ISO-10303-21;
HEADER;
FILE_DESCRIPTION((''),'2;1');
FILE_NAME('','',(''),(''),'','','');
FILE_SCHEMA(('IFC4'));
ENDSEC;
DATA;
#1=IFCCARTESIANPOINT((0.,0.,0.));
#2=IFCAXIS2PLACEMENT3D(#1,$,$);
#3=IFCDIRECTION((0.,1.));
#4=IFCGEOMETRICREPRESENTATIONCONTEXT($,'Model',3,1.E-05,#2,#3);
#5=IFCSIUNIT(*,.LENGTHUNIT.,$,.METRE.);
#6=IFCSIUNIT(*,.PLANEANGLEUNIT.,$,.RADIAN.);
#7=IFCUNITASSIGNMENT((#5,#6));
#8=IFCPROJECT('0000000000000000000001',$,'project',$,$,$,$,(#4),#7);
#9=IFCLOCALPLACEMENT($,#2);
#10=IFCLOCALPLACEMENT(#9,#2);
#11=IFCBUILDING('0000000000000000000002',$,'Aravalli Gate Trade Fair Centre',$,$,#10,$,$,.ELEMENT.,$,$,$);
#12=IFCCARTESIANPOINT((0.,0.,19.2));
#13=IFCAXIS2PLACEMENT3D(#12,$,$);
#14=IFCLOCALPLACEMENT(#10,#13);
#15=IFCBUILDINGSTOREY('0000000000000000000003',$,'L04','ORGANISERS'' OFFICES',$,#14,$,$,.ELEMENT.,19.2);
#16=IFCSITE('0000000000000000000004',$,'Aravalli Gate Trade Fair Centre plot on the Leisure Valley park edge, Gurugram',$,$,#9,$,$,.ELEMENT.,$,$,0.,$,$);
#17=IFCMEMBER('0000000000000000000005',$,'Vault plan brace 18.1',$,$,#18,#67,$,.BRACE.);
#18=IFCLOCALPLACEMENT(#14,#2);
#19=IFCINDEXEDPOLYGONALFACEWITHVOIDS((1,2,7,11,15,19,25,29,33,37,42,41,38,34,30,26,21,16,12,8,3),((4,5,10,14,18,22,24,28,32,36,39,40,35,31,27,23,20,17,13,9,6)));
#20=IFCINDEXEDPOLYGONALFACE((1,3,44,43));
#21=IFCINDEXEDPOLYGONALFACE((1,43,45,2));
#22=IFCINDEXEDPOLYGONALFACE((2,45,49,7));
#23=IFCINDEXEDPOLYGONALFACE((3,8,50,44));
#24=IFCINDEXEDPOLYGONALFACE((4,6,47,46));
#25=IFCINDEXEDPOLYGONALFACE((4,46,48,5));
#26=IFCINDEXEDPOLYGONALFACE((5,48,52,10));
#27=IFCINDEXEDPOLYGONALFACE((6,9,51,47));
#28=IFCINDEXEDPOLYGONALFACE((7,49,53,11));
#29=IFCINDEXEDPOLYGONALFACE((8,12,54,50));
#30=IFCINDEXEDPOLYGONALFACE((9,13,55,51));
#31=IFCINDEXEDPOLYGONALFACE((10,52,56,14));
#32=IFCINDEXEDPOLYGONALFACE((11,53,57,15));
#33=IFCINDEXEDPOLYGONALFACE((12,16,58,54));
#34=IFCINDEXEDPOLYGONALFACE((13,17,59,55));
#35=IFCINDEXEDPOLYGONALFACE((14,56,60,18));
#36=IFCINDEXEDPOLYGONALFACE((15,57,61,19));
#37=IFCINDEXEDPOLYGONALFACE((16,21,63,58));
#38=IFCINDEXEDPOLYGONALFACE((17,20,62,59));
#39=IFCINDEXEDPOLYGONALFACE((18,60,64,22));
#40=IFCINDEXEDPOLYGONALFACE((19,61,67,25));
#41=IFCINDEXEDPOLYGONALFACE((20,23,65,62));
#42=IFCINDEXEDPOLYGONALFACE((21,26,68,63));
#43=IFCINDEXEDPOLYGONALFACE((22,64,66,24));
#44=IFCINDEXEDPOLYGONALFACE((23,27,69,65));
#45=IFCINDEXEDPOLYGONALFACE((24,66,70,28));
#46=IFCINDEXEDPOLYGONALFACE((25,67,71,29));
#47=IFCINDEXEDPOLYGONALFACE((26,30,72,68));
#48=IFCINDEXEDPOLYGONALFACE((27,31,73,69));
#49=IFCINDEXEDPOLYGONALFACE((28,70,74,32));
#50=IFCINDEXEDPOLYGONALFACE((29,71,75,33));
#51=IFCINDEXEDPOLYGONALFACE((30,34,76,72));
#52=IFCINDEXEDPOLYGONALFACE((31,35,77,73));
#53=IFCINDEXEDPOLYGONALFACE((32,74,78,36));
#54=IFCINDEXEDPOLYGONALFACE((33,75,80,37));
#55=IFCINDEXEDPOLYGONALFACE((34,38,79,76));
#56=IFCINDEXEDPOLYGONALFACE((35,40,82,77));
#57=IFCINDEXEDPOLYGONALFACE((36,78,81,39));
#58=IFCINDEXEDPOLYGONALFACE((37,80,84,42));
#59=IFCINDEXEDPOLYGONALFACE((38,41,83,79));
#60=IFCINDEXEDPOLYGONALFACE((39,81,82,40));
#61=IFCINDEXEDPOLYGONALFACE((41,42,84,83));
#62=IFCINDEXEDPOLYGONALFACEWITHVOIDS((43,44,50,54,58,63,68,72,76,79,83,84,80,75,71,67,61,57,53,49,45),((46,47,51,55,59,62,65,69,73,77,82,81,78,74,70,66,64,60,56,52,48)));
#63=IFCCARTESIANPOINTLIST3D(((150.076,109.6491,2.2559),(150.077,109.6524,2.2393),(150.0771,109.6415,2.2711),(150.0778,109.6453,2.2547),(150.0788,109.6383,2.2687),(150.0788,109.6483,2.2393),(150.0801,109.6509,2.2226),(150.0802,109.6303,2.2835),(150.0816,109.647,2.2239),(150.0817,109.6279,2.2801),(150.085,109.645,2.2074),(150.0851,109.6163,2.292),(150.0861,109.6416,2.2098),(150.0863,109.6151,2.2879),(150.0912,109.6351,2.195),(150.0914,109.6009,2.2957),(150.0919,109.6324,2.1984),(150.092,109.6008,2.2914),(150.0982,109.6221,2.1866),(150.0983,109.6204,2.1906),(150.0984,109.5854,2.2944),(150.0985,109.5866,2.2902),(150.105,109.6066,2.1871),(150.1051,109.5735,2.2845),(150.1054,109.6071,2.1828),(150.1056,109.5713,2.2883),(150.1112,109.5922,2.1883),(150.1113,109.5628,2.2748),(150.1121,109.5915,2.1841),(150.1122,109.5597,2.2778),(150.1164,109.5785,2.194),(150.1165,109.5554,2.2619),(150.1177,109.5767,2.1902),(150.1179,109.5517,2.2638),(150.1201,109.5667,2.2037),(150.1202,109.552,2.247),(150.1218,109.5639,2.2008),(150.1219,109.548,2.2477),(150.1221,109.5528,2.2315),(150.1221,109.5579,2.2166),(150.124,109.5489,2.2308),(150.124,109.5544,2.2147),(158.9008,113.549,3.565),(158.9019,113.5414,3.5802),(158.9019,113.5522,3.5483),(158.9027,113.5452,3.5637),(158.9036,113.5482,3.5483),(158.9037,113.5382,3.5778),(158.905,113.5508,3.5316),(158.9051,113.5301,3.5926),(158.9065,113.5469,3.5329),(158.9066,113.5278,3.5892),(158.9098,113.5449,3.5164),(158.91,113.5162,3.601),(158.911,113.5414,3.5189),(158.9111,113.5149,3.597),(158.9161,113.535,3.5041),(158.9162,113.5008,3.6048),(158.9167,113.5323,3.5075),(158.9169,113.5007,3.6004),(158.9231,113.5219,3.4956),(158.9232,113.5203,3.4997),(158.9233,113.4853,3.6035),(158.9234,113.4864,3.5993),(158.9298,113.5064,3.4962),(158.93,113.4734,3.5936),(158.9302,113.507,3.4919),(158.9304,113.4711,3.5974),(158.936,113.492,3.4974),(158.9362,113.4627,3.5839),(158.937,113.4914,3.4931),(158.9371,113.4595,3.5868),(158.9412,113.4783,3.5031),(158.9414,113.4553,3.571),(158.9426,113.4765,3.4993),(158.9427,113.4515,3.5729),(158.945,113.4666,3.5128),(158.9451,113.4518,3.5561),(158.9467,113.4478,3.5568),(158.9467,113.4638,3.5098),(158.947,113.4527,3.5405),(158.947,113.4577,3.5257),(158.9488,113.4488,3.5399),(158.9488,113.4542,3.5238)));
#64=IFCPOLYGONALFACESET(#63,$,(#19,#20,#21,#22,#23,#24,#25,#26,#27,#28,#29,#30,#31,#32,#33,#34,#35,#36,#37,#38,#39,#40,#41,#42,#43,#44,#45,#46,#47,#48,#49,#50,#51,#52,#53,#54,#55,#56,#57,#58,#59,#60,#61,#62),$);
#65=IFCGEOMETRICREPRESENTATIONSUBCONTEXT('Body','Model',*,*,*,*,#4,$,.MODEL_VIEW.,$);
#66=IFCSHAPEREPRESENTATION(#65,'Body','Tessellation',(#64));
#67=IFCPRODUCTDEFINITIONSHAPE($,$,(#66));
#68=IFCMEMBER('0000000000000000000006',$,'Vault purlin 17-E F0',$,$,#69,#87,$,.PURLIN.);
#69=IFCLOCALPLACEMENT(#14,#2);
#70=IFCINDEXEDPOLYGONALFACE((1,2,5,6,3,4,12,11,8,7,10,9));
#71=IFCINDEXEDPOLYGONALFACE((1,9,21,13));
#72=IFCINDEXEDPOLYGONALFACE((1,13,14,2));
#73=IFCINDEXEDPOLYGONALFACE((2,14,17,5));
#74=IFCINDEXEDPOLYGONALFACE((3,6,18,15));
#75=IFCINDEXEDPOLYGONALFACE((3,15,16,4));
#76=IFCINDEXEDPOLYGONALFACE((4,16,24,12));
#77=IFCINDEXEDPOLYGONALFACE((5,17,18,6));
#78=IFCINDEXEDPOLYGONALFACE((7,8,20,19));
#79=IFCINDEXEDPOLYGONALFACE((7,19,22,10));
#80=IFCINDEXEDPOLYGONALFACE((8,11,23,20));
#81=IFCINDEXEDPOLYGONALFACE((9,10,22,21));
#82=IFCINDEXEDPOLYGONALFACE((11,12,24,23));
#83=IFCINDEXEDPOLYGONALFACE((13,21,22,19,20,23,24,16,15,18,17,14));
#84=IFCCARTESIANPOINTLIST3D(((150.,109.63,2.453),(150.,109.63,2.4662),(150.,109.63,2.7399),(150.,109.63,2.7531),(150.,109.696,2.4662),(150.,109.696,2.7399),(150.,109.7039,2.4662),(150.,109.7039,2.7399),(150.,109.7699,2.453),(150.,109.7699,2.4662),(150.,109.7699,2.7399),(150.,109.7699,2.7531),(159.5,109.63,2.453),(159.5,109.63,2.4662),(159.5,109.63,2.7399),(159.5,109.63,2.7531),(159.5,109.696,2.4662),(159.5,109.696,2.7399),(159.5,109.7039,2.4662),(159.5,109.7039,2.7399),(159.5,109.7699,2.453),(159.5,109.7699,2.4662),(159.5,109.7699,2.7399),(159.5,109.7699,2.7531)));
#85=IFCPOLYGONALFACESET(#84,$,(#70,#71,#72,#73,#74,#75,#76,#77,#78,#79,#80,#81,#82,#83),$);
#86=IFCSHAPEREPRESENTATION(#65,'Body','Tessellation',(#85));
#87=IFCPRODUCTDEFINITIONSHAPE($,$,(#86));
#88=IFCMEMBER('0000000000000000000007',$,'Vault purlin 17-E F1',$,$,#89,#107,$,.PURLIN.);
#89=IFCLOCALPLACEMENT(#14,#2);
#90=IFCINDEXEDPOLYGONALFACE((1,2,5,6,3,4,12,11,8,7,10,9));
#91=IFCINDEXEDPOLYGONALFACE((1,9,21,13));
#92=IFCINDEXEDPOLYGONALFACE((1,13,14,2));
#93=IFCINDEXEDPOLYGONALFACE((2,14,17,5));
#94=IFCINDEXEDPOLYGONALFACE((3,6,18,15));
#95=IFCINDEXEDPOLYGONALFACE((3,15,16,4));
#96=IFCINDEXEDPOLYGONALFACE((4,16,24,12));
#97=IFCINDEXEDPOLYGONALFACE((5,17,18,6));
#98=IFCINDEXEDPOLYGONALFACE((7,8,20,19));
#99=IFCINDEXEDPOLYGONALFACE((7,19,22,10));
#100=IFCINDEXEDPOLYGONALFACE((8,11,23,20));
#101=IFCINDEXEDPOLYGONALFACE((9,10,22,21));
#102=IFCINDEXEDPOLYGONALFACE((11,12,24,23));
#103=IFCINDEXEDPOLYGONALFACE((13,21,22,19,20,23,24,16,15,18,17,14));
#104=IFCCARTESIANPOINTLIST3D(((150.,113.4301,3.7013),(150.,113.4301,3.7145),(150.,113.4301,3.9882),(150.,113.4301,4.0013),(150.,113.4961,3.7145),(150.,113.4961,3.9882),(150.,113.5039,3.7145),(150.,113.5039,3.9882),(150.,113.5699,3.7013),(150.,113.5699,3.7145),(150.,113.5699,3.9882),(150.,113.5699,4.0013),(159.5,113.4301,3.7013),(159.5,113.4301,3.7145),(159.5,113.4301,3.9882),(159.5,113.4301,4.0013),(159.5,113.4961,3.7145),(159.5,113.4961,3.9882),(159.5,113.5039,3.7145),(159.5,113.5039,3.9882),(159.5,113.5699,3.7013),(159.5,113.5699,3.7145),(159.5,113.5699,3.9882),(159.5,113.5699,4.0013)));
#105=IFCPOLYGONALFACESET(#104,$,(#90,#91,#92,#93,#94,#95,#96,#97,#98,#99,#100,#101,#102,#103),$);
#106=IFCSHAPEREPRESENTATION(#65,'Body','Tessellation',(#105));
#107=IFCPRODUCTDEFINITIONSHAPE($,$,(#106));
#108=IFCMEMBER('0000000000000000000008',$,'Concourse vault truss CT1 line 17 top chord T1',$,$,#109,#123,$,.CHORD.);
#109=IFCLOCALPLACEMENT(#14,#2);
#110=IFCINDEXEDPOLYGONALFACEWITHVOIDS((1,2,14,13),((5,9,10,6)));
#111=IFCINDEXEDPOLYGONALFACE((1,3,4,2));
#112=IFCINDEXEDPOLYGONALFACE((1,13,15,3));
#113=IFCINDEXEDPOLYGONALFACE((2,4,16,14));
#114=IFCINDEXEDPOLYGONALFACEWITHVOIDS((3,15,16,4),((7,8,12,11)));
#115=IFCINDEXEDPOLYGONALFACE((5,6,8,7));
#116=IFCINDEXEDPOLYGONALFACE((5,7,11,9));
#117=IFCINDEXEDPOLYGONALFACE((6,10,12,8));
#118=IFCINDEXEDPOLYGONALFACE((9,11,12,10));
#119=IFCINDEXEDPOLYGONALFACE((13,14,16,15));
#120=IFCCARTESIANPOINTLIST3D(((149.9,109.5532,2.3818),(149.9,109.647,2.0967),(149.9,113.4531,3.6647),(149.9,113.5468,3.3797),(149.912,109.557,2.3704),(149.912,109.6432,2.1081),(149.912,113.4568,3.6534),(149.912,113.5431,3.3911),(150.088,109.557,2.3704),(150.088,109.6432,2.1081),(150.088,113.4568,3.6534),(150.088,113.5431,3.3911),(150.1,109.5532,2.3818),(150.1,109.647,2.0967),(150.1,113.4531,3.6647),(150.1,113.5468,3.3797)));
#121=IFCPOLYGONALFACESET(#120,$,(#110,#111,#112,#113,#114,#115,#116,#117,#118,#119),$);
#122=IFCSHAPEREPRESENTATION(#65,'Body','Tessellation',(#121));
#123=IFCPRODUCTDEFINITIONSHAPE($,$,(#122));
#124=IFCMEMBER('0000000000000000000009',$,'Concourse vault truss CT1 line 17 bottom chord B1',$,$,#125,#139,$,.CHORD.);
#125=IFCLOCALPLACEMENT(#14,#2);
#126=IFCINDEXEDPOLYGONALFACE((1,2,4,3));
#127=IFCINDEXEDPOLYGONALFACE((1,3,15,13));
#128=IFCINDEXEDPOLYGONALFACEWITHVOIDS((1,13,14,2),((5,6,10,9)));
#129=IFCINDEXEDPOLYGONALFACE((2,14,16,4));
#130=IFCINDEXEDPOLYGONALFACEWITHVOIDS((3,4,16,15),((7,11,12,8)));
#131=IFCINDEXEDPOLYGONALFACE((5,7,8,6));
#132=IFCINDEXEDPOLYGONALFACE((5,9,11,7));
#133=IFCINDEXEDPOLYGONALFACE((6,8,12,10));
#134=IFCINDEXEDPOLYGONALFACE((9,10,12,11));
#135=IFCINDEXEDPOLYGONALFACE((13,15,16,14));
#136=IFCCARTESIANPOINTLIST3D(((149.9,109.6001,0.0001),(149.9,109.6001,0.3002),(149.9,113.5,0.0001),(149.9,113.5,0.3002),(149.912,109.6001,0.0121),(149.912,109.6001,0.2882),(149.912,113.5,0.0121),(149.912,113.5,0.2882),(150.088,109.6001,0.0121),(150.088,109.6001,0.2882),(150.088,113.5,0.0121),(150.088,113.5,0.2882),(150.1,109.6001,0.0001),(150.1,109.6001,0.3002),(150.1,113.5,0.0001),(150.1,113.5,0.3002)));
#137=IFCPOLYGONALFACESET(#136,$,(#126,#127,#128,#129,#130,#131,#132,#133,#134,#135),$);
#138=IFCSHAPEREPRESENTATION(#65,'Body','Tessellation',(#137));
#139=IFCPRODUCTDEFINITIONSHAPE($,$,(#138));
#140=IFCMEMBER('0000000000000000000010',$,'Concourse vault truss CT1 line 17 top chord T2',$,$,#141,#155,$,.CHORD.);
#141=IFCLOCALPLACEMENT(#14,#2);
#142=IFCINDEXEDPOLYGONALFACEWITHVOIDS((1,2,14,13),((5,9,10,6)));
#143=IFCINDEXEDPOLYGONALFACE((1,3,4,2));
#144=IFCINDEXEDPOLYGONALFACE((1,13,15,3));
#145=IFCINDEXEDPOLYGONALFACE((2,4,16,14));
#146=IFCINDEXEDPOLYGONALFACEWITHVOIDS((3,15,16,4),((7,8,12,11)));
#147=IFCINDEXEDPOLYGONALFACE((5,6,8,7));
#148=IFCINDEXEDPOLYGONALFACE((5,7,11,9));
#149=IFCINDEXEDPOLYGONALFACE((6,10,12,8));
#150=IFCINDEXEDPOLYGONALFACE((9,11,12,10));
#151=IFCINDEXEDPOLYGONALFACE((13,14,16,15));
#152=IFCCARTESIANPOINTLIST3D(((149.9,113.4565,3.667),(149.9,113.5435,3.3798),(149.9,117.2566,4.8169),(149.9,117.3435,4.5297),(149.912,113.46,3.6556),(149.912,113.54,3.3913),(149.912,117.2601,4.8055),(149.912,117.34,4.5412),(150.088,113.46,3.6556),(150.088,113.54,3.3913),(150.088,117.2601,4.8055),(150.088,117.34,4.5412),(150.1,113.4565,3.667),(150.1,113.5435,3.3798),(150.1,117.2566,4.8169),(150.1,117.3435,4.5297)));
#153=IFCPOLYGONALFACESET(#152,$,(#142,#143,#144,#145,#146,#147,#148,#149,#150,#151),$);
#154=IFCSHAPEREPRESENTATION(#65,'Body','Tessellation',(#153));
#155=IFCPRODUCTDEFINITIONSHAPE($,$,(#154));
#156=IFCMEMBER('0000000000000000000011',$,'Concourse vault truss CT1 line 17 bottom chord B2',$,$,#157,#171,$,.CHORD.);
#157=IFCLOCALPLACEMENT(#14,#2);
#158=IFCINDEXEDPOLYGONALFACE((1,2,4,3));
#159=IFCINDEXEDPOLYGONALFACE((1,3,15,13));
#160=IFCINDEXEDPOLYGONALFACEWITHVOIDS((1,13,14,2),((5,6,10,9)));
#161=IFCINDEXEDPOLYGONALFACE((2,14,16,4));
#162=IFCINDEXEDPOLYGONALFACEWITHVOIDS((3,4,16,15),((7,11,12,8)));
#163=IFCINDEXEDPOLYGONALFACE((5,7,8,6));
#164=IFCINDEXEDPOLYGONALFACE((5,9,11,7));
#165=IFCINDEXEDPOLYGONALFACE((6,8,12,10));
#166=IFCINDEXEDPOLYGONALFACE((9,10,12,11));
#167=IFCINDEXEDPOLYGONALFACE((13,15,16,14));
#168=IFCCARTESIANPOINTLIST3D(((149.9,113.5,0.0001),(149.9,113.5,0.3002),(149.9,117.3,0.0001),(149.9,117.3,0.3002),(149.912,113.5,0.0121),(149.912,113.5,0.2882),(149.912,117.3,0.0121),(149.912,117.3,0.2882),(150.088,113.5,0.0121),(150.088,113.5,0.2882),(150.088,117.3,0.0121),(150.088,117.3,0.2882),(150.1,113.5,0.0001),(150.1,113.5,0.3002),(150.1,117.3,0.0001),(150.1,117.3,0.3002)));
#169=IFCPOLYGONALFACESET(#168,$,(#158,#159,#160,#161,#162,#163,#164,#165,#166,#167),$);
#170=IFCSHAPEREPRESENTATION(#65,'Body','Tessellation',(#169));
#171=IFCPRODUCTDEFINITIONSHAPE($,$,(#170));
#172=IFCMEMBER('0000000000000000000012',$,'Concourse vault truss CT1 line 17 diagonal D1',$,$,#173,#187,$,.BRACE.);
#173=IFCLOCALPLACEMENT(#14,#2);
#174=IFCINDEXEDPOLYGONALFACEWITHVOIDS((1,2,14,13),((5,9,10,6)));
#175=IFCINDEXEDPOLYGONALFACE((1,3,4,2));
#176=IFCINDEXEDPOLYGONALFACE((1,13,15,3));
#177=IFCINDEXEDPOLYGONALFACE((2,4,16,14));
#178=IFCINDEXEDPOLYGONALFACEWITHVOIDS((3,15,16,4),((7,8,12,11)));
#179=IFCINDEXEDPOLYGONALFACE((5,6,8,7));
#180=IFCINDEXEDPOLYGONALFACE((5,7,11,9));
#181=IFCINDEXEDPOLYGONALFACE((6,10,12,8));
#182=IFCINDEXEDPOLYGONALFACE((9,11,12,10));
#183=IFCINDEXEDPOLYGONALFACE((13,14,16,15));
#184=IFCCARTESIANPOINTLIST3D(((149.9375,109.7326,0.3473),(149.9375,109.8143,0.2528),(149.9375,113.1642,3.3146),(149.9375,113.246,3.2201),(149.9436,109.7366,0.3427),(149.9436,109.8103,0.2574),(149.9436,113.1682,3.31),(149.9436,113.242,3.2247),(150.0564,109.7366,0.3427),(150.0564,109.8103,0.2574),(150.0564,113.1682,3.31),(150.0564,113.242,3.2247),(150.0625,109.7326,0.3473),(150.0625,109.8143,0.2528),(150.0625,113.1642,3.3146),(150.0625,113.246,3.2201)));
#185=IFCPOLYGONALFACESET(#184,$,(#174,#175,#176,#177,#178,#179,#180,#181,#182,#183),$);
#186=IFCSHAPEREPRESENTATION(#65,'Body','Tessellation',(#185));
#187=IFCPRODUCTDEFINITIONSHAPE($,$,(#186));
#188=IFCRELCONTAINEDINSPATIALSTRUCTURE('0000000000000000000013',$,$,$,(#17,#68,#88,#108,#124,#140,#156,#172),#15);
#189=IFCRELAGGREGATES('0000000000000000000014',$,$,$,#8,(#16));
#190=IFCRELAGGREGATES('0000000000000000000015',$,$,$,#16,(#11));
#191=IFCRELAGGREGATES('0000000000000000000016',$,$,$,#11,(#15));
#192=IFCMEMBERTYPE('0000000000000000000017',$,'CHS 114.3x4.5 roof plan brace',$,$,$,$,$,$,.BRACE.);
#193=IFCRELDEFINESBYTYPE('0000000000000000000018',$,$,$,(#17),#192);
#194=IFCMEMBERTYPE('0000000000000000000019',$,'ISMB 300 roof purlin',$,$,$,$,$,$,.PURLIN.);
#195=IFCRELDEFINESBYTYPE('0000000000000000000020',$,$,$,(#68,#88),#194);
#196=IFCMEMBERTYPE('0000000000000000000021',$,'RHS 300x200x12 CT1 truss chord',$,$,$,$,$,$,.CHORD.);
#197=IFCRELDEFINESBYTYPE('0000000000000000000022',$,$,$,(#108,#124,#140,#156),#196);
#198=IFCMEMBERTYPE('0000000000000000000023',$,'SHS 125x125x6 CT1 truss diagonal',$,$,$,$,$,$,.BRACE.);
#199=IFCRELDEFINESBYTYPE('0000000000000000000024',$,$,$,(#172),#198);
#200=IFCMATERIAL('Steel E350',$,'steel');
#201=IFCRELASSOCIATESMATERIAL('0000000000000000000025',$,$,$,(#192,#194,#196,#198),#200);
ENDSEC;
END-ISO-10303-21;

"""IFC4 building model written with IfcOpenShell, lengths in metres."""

from ifc_helpers import new_model, si_unit, direction, frame, origin, origin_2d, place, context, subcontext, project, spatial, hollow_rectangle, hollow_circle, i_section, extrude, material, material_profile, profile_set, type_object, element, save


model = new_model("IFC4")

# Units and contexts
model_context = context("Model", 3, precision=1e-05, world=origin(), true_north=direction((0.0, 1.0)))
body_context = subcontext(model_context, "Body", "Model", "MODEL_VIEW")
ifc_project = project(units=[si_unit("LENGTHUNIT", "METRE"), si_unit("PLANEANGLEUNIT", "RADIAN")], contexts=[model_context])

# Site, building, storey
site_placement = place(None, origin())
site = spatial("IfcSite", under=ifc_project, at=site_placement, Name="Aravalli Gate Trade Fair Centre plot on the Leisure Valley park edge, Gurugram", CompositionType="ELEMENT", RefElevation=0.0)
building_placement = place(site_placement, origin())
building = spatial("IfcBuilding", under=site, at=building_placement, Name="Aravalli Gate Trade Fair Centre", CompositionType="ELEMENT")
storey_placement = place(building_placement, frame((0.0, 0.0, 19.2)))
storey = spatial("IfcBuildingStorey", under=building, at=storey_placement, Name="L04", Description="ORGANISERS' OFFICES", CompositionType="ELEMENT", Elevation=19.2)

# Members
ifc_material_1 = material(Name="Steel E350", Category="steel")
ifc_material_profile_1 = material_profile(ifc_material_1, hollow_circle(Radius=0.0571, WallThickness=0.0044, at=origin_2d()), Name="CHS 114.3x4.5")
ifc_profile_set_1 = profile_set([ifc_material_profile_1], Name="Steel E350")
member_type_1 = type_object("IfcMemberType", Name="CHS 114.3x4.5 roof plan brace", PredefinedType="BRACE", material=ifc_profile_set_1)
member_1_placement = place(storey_placement, frame((150.1001, 109.6001, 2.2393), z_axis=(0.906363, 0.400538, 0.134449), x_axis=(-0.404208, 0.914667, 0.0)))
element("IfcMember", 1, at=member_1_placement, inside=storey, type_object=member_type_1, Name="Vault plan brace 18.1", PredefinedType="BRACE", context=body_context, shape_type="SweptSolid", body=[
    extrude(hollow_circle(Radius=0.0571, WallThickness=0.0044, at=origin_2d()), origin(), (0.0, 0.0, 1.0), 9.7366),
])
ifc_material_profile_2 = material_profile(ifc_material_1, i_section(OverallWidth=0.1399, OverallDepth=0.3, WebThickness=0.0078, FlangeThickness=0.0132, at=origin_2d()), Name="ISMB 300")
ifc_profile_set_2 = profile_set([ifc_material_profile_2], Name="Steel E350")
member_type_2 = type_object("IfcMemberType", Name="ISMB 300 roof purlin", PredefinedType="PURLIN", material=ifc_profile_set_2)
for number, where, z_axis, x_axis, name in (
    (2, (150.0, 109.7, 2.603), (1.0, 0.0, 0.0), (0.0, 1.0, 0.0), "Vault purlin 17-E F0"),
    (3, (150.0, 113.5, 3.8513), (1.0, 0.0, 0.0), (0.0, 1.0, 0.0), "Vault purlin 17-E F1"),
):
    element("IfcMember", number, at=place(storey_placement, frame(where, z_axis=z_axis, x_axis=x_axis)), inside=storey, type_object=member_type_2, Name=name, PredefinedType="PURLIN", context=body_context, shape_type="SweptSolid", body=[
        extrude(i_section(OverallWidth=0.1399, OverallDepth=0.3, WebThickness=0.0078, FlangeThickness=0.0132, at=origin_2d()), origin(), (0.0, 0.0, 1.0), 9.5),
    ])
ifc_material_profile_3 = material_profile(ifc_material_1, hollow_rectangle(XDim=0.2, YDim=0.3, WallThickness=0.012, at=origin_2d()), Name="RHS 300x200x12")
ifc_profile_set_3 = profile_set([ifc_material_profile_3], Name="Steel E350")
member_type_3 = type_object("IfcMemberType", Name="RHS 300x200x12 CT1 truss chord", PredefinedType="CHORD", material=ifc_profile_set_3)
member_2_placement = place(storey_placement, frame((150.0, 109.6001, 2.2393), z_axis=(0.0, 0.949919, 0.312497), x_axis=(-1.0, 0.0, 0.0)))
element("IfcMember", 4, at=member_2_placement, inside=storey, type_object=member_type_3, Name="Concourse vault truss CT1 line 17 top chord T1", PredefinedType="CHORD", context=body_context, shape_type="SweptSolid", body=[
    extrude(hollow_rectangle(XDim=0.2, YDim=0.3, WallThickness=0.012, at=origin_2d()), origin(), (0.0, 0.0, 1.0), 4.1055),
])
member_3_placement = place(storey_placement, frame((150.0, 109.6001, 0.1501), z_axis=(0.0, 1.0, 0.0), x_axis=(-1.0, 0.0, 0.0)))
element("IfcMember", 5, at=member_3_placement, inside=storey, type_object=member_type_3, Name="Concourse vault truss CT1 line 17 bottom chord B1", PredefinedType="CHORD", context=body_context, shape_type="SweptSolid", body=[
    extrude(hollow_rectangle(XDim=0.2, YDim=0.3, WallThickness=0.012, at=origin_2d()), origin(), (0.0, 0.0, 1.0), 3.8999),
])
member_4_placement = place(storey_placement, frame((150.0, 113.5, 3.5234), z_axis=(0.0, 0.957138, 0.289632), x_axis=(-1.0, 0.0, 0.0)))
element("IfcMember", 6, at=member_4_placement, inside=storey, type_object=member_type_3, Name="Concourse vault truss CT1 line 17 top chord T2", PredefinedType="CHORD", context=body_context, shape_type="SweptSolid", body=[
    extrude(hollow_rectangle(XDim=0.2, YDim=0.3, WallThickness=0.012, at=origin_2d()), origin(), (0.0, 0.0, 1.0), 3.9702),
])
member_5_placement = place(storey_placement, frame((150.0, 113.5, 0.1501), z_axis=(0.0, 1.0, 0.0), x_axis=(-1.0, 0.0, 0.0)))
element("IfcMember", 7, at=member_5_placement, inside=storey, type_object=member_type_3, Name="Concourse vault truss CT1 line 17 bottom chord B2", PredefinedType="CHORD", context=body_context, shape_type="SweptSolid", body=[
    extrude(hollow_rectangle(XDim=0.2, YDim=0.3, WallThickness=0.012, at=origin_2d()), origin(), (0.0, 0.0, 1.0), 3.8),
])
ifc_material_profile_4 = material_profile(ifc_material_1, hollow_rectangle(XDim=0.125, YDim=0.125, WallThickness=0.0061, at=origin_2d()), Name="SHS 125x125x6")
ifc_profile_set_4 = profile_set([ifc_material_profile_4], Name="Steel E350")
member_type_4 = type_object("IfcMemberType", Name="SHS 125x125x6 CT1 truss diagonal", PredefinedType="BRACE", material=ifc_profile_set_4)
member_6_placement = place(storey_placement, frame((150.0, 109.7734, 0.3), z_axis=(0.0, 0.756431, 0.654074), x_axis=(-1.0, 0.0, 0.0)))
element("IfcMember", 8, at=member_6_placement, inside=storey, type_object=member_type_4, Name="Concourse vault truss CT1 line 17 diagonal D1", PredefinedType="BRACE", context=body_context, shape_type="SweptSolid", body=[
    extrude(hollow_rectangle(XDim=0.125, YDim=0.125, WallThickness=0.0061, at=origin_2d()), origin(), (0.0, 0.0, 1.0), 4.5366),
])

save(model, "model.ifc")
